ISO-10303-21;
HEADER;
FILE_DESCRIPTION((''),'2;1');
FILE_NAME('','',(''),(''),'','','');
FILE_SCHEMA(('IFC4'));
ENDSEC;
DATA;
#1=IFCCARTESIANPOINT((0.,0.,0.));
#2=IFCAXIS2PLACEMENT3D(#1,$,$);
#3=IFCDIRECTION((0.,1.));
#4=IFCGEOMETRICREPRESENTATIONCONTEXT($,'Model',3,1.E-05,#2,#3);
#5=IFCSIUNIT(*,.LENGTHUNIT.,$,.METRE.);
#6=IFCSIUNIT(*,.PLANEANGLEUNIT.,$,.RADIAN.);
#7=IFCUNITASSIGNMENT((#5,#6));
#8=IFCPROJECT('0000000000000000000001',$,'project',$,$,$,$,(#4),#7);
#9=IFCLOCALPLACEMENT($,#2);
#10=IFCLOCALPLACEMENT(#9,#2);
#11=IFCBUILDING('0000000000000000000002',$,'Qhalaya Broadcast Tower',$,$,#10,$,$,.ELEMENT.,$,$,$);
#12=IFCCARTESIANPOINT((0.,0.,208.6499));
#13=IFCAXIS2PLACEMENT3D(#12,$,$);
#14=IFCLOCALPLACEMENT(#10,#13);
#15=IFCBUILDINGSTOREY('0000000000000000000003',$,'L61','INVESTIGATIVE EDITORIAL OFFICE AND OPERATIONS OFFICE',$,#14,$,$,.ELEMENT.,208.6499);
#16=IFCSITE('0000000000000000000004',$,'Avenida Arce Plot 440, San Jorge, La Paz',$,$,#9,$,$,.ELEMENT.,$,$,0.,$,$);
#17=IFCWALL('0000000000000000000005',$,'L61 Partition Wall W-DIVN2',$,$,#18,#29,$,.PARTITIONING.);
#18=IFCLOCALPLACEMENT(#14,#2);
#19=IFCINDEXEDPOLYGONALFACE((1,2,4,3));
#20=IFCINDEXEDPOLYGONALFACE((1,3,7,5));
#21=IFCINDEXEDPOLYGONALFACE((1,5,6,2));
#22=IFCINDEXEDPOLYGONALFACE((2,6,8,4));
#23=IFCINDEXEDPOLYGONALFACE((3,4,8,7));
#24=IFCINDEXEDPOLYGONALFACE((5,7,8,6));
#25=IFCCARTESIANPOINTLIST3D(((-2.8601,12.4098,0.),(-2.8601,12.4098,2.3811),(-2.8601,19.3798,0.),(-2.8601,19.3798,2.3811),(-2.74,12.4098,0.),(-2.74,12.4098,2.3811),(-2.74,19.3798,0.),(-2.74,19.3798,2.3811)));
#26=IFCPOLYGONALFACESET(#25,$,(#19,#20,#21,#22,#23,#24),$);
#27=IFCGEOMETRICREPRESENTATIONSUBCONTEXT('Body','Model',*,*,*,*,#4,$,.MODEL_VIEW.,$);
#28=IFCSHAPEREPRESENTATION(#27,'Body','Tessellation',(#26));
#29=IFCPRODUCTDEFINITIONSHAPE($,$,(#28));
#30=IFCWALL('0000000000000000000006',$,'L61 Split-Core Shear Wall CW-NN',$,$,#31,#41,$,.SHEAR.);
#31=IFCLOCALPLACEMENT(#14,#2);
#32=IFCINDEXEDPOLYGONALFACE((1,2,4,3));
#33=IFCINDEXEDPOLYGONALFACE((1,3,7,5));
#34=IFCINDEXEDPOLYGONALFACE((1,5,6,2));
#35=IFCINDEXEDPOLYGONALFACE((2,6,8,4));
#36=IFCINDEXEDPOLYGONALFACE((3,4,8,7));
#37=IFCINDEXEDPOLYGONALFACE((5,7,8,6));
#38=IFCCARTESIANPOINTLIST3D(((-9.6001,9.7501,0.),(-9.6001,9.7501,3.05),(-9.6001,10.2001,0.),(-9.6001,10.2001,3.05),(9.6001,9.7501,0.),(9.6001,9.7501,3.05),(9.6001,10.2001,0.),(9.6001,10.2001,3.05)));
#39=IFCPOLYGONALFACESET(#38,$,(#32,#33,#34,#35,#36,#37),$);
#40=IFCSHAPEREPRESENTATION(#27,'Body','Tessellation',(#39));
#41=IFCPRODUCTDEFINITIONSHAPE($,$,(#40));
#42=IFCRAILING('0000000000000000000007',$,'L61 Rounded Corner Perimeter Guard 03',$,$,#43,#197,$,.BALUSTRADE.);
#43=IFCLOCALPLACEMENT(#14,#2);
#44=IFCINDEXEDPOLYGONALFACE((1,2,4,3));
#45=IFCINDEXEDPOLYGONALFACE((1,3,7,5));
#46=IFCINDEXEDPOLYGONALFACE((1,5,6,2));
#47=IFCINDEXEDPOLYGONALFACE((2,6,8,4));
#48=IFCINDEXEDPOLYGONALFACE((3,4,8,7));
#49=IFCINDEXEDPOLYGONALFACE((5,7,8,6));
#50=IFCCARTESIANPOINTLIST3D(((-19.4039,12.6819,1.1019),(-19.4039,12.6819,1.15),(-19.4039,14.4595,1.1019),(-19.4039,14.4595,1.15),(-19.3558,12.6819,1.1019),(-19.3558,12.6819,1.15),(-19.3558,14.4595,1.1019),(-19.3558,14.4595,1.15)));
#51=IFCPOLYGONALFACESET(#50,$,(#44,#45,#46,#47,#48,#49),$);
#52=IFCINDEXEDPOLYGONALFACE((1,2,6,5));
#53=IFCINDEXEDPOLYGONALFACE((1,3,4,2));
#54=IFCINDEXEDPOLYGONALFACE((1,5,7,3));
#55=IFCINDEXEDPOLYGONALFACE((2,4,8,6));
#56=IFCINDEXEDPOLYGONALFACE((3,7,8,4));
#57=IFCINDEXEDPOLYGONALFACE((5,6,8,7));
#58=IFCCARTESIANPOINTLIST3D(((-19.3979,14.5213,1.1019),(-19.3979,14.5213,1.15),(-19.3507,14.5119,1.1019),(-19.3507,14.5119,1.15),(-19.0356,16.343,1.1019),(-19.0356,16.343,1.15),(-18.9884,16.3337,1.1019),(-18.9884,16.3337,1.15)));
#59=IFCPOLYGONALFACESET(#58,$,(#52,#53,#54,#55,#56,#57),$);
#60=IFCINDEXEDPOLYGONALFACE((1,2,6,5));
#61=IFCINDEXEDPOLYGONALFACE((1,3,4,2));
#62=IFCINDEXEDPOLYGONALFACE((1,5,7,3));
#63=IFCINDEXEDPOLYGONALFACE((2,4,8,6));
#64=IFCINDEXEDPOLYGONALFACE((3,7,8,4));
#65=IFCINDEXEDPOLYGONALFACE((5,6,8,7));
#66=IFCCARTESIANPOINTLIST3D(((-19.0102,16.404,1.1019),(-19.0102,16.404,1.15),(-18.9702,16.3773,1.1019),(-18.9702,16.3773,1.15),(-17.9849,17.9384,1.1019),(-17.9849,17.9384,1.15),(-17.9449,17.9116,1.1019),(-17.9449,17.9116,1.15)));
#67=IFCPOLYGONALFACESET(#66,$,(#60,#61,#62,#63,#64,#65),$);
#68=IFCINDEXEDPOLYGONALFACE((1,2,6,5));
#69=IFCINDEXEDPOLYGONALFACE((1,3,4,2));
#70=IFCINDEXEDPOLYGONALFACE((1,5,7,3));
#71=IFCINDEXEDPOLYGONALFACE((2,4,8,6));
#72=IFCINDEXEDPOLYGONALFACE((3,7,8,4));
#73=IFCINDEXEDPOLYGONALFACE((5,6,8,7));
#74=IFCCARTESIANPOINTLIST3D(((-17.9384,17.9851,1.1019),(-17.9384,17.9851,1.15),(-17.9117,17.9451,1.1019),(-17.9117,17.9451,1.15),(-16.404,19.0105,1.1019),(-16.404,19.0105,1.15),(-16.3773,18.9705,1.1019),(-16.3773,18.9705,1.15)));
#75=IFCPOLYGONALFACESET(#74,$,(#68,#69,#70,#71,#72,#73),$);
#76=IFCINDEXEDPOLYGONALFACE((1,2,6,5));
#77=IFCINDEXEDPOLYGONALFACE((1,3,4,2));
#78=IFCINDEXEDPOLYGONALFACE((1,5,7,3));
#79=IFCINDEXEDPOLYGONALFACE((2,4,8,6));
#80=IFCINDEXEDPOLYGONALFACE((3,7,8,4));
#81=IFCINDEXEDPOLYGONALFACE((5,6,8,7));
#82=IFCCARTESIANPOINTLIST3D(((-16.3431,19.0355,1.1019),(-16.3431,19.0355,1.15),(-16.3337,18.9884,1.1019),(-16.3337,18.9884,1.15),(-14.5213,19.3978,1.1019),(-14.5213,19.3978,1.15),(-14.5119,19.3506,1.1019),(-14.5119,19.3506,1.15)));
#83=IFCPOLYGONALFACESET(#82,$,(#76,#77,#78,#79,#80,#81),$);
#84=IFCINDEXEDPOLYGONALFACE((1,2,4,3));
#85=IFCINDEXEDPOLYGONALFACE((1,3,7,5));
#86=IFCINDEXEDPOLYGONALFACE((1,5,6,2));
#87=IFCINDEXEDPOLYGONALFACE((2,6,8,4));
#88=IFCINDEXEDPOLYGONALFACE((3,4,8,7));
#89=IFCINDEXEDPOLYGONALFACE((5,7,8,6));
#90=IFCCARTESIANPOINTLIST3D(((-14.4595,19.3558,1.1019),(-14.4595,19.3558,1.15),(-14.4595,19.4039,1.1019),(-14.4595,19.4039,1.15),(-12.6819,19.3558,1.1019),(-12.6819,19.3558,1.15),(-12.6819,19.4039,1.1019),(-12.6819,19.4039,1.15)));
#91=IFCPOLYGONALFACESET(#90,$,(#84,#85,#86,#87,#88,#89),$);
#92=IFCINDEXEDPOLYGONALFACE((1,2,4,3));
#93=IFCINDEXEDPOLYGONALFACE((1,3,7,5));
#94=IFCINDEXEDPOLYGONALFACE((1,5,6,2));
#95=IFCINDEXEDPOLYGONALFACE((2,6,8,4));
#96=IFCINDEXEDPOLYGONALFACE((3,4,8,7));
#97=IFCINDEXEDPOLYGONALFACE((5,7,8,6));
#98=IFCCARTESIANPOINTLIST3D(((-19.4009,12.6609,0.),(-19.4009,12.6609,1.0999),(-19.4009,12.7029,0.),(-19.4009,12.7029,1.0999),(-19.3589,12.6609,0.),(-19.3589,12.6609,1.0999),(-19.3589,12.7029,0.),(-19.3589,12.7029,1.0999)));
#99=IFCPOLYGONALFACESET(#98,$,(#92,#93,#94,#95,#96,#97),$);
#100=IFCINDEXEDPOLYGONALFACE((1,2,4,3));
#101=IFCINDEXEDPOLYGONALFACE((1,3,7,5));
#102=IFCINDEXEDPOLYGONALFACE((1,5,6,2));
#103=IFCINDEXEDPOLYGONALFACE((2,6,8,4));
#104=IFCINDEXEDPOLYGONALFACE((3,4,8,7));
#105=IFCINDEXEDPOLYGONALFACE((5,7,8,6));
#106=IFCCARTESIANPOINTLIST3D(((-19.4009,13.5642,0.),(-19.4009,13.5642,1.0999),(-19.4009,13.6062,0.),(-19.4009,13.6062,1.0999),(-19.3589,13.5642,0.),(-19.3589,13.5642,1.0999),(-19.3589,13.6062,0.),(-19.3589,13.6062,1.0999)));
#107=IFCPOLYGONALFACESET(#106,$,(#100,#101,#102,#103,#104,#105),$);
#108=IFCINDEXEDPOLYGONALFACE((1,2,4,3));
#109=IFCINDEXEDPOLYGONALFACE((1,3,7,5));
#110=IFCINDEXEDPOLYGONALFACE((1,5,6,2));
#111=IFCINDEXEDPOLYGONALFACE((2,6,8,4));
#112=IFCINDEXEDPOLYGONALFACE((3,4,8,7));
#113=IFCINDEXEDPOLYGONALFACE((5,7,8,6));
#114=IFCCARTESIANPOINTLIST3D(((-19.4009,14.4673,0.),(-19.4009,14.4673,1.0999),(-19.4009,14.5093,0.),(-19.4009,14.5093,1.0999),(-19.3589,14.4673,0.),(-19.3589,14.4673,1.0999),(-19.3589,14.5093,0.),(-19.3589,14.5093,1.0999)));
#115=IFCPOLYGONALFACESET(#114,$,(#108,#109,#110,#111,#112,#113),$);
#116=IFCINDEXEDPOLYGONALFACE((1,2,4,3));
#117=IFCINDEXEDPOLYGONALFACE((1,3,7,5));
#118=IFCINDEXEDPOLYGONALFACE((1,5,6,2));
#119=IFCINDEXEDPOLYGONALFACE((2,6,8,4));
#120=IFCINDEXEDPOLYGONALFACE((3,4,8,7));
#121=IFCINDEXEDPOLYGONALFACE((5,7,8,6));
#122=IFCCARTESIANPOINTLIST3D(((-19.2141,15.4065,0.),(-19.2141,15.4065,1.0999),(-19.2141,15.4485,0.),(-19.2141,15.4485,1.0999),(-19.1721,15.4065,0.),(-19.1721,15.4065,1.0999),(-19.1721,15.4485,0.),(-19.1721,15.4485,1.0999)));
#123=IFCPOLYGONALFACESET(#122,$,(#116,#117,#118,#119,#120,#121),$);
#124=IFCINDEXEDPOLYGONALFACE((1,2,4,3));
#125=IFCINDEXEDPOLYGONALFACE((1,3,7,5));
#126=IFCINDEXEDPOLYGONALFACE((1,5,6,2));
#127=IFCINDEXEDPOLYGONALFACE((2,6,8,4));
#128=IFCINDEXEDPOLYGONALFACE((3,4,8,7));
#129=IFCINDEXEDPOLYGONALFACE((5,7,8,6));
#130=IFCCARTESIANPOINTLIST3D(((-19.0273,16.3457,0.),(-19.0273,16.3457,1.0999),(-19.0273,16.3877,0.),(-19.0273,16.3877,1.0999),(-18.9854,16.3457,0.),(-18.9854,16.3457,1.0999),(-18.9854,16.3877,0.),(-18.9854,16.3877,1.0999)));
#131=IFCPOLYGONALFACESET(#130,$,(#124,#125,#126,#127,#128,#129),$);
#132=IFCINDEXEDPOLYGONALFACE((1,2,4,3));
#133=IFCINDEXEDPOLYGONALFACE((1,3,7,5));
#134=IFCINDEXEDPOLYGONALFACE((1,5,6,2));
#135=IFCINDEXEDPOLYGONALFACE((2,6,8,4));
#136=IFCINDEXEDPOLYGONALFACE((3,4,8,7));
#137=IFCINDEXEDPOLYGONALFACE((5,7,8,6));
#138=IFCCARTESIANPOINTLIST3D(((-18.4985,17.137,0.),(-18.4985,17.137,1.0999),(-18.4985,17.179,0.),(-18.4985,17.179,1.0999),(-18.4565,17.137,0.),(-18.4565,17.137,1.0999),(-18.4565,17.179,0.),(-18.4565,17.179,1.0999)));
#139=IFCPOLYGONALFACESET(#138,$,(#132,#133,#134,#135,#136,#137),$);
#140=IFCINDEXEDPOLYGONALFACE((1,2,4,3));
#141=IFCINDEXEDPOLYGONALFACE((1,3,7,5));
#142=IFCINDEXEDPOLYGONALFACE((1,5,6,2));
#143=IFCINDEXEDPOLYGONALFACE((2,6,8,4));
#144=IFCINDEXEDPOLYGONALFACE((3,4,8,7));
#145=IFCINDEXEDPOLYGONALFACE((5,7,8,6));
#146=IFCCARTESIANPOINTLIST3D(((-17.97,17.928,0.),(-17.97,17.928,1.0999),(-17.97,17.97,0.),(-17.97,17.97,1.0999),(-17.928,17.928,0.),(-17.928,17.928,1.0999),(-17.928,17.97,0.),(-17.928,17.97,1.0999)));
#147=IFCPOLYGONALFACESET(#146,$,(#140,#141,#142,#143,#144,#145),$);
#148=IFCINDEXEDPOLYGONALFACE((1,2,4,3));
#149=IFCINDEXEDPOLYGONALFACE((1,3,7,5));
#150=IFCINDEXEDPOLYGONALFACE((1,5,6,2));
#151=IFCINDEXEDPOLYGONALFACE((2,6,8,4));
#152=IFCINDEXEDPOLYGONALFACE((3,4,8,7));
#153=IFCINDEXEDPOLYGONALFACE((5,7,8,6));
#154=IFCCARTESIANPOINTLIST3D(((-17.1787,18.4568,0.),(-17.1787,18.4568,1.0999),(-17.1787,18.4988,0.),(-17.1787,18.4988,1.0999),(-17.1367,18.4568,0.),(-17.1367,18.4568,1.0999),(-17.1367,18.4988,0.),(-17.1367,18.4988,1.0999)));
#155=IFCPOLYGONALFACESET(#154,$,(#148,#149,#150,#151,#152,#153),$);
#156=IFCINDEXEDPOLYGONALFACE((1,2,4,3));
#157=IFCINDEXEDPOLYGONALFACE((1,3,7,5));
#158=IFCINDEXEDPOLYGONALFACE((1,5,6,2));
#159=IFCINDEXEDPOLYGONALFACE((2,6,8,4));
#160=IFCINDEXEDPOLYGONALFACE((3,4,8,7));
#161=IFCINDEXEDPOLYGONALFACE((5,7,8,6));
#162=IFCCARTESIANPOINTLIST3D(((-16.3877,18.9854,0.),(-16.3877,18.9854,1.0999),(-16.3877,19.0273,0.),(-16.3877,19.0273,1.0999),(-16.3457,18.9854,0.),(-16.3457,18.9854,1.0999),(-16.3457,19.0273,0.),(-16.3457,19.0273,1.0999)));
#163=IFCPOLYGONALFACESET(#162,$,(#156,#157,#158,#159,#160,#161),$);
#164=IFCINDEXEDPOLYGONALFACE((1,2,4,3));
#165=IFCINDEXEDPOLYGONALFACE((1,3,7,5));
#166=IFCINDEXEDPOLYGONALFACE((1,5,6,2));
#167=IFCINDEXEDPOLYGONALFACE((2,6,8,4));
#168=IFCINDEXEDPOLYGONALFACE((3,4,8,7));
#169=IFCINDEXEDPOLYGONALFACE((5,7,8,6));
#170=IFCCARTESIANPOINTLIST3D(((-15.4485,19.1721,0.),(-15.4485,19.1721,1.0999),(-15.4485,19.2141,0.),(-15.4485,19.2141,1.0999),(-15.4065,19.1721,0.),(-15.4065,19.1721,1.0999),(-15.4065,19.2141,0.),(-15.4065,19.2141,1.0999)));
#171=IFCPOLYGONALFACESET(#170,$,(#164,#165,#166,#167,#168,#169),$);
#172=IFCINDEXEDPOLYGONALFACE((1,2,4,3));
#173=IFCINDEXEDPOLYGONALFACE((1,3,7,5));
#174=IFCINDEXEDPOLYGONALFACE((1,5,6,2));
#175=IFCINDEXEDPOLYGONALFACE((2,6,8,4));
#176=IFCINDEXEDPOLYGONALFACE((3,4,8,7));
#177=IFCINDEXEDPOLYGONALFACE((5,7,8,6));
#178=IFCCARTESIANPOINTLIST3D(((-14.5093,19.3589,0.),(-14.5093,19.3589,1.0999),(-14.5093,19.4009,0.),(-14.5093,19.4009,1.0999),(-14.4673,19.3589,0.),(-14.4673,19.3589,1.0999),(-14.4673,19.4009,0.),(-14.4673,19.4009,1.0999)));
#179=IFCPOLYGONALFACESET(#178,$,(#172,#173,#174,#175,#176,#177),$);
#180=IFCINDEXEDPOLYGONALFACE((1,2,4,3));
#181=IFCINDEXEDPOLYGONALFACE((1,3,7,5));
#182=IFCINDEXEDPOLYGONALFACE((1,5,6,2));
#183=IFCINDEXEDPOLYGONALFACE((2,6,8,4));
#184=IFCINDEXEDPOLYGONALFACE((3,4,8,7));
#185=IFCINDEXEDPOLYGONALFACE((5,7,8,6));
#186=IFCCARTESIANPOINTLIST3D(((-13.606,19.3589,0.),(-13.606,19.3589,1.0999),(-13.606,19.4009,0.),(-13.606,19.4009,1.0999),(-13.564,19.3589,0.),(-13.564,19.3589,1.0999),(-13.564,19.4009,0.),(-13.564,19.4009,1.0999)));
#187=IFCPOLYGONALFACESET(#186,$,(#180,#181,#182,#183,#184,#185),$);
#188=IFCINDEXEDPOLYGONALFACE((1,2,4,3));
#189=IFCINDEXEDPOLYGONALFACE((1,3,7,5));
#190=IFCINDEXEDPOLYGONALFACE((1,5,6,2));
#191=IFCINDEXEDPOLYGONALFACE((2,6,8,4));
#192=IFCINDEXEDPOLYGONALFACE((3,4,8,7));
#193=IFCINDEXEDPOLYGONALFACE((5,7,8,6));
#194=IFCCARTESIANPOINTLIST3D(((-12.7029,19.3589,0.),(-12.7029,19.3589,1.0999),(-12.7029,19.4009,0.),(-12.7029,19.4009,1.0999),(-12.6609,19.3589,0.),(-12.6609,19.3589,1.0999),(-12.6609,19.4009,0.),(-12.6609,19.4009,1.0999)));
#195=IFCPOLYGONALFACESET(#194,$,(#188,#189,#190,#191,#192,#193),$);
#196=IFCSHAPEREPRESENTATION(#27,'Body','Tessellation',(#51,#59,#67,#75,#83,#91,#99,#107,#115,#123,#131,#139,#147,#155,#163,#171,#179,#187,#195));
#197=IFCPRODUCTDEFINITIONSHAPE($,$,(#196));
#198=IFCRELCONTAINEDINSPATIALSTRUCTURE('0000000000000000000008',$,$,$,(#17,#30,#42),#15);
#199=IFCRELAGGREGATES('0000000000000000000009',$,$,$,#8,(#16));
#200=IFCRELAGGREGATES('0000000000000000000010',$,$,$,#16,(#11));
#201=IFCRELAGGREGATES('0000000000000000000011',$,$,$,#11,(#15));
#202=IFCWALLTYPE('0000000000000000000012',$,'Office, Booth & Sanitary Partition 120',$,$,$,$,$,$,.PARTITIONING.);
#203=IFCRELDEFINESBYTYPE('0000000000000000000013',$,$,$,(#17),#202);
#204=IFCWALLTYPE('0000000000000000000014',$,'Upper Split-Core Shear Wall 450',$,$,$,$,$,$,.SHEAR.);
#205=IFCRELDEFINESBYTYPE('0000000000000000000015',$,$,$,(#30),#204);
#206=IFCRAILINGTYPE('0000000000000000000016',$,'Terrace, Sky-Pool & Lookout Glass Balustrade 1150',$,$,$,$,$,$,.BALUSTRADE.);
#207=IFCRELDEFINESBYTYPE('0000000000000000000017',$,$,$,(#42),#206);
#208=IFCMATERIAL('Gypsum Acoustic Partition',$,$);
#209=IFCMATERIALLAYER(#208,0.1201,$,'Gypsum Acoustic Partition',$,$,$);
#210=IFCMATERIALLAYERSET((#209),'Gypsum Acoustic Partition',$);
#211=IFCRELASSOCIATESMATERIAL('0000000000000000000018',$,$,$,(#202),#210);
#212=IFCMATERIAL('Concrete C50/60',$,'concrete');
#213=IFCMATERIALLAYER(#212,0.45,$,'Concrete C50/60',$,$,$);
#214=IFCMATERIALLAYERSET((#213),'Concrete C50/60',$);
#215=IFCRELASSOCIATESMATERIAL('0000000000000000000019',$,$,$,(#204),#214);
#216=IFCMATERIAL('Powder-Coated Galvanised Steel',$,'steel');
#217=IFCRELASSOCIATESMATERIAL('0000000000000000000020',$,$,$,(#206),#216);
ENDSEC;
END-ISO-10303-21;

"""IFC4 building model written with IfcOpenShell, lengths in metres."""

from ifc_helpers import new_model, si_unit, direction, frame, frame_2d, origin, origin_2d, place, context, subcontext, project, spatial, rectangle, extrude, material, layer, layer_set, type_object, element, save


model = new_model("IFC4")

# Units and contexts
model_context = context("Model", 3, precision=1e-05, world=origin(), true_north=direction((0.0, 1.0)))
body_context = subcontext(model_context, "Body", "Model", "MODEL_VIEW")
ifc_project = project(units=[si_unit("LENGTHUNIT", "METRE"), si_unit("PLANEANGLEUNIT", "RADIAN")], contexts=[model_context])

# Site, building, storey
site_placement = place(None, origin())
site = spatial("IfcSite", under=ifc_project, at=site_placement, Name="Avenida Arce Plot 440, San Jorge, La Paz", CompositionType="ELEMENT", RefElevation=0.0)
building_placement = place(site_placement, origin())
building = spatial("IfcBuilding", under=site, at=building_placement, Name="Qhalaya Broadcast Tower", CompositionType="ELEMENT")
storey_placement = place(building_placement, frame((0.0, 0.0, 208.6499)))
storey = spatial("IfcBuildingStorey", under=building, at=storey_placement, Name="L61", Description="INVESTIGATIVE EDITORIAL OFFICE AND OPERATIONS OFFICE", CompositionType="ELEMENT", Elevation=208.6499)

# Shared definitions
ifc_material_1 = material(Name="Concrete C50/60", Category="concrete")

# Shared definitions
ifc_material_2 = material(Name="Gypsum Acoustic Partition")

# Walls
ifc_layer_1 = layer(ifc_material_2, 0.1201, Name="Gypsum Acoustic Partition")
ifc_layer_set_1 = layer_set([ifc_layer_1], Name="Gypsum Acoustic Partition")
wall_type_1 = type_object("IfcWallType", Name="Office, Booth & Sanitary Partition 120", PredefinedType="PARTITIONING", material=ifc_layer_set_1)
wall_1_placement = place(storey_placement, frame((-2.8, 12.4099, 0.0), z_axis=(0.0, 0.0, 1.0), x_axis=(0.0, 1.0, 0.0)))
element("IfcWall", 1, at=wall_1_placement, inside=storey, type_object=wall_type_1, Name="L61 Partition Wall W-DIVN2", PredefinedType="PARTITIONING", context=body_context, shape_type="SweptSolid", body=[
    extrude(rectangle(XDim=6.97, YDim=0.1201, at=frame_2d((3.4849, 0.0))), origin(), (0.0, 0.0, 1.0), 2.3811),
])
ifc_layer_2 = layer(ifc_material_1, 0.45, Name="Concrete C50/60")
ifc_layer_set_2 = layer_set([ifc_layer_2], Name="Concrete C50/60")
wall_type_2 = type_object("IfcWallType", Name="Upper Split-Core Shear Wall 450", PredefinedType="SHEAR", material=ifc_layer_set_2)
wall_2_placement = place(storey_placement, frame((-9.6001, 9.9751, 0.0), z_axis=(0.0, 0.0, 1.0), x_axis=(1.0, 0.0, 0.0)))
element("IfcWall", 2, at=wall_2_placement, inside=storey, type_object=wall_type_2, Name="L61 Split-Core Shear Wall CW-NN", PredefinedType="SHEAR", context=body_context, shape_type="SweptSolid", body=[
    extrude(rectangle(XDim=19.2002, YDim=0.45, at=frame_2d((9.6001, 0.0))), origin(), (0.0, 0.0, 1.0), 3.05),
])

# Railing
ifc_material_3 = material(Name="Powder-Coated Galvanised Steel", Category="steel")
railing_type = type_object("IfcRailingType", Name="Terrace, Sky-Pool & Lookout Glass Balustrade 1150", PredefinedType="BALUSTRADE", material=ifc_material_3)
railing_placement = place(storey_placement, frame((-19.3799, 12.6819, 0.0)))
element("IfcRailing", 3, at=railing_placement, inside=storey, type_object=railing_type, Name="L61 Rounded Corner Perimeter Guard 03", PredefinedType="BALUSTRADE", context=body_context, shape_type="SweptSolid", body=[
    extrude(rectangle(XDim=0.0481, YDim=0.0481, at=origin_2d()), frame((0.0, 0.0, 1.126), z_axis=(0.0, 1.0, 0.0), x_axis=(-1.0, 0.0, 0.0)), (0.0, 0.0, 1.0), 1.7776),
    extrude(rectangle(XDim=0.0481, YDim=0.0481, at=origin_2d()), frame((0.0056, 1.8347, 1.126), z_axis=(0.195037, 0.980796, 0.0), x_axis=(-0.980796, 0.195037, 0.0)), (0.0, 0.0, 1.0), 1.8574),
    extrude(rectangle(XDim=0.0481, YDim=0.0481, at=origin_2d()), frame((0.3896, 3.7087, 1.126), z_axis=(0.555618, 0.831438, 0.0), x_axis=(-0.831438, 0.555618, 0.0)), (0.0, 0.0, 1.0), 1.8455),
    extrude(rectangle(XDim=0.0481, YDim=0.0481, at=origin_2d()), frame((1.4548, 5.2832, 1.126), z_axis=(0.831438, 0.555618, 0.0), x_axis=(-0.555618, 0.831438, 0.0)), (0.0, 0.0, 1.0), 1.8455),
    extrude(rectangle(XDim=0.0481, YDim=0.0481, at=origin_2d()), frame((3.0415, 6.3301, 1.126), z_axis=(0.980796, 0.195037, 0.0), x_axis=(-0.195037, 0.980796, 0.0)), (0.0, 0.0, 1.0), 1.8574),
    extrude(rectangle(XDim=0.0481, YDim=0.0481, at=origin_2d()), frame((4.9204, 6.698, 1.126), z_axis=(1.0, 0.0, 0.0), x_axis=(0.0, 1.0, 0.0)), (0.0, 0.0, 1.0), 1.7776),
    extrude(rectangle(XDim=0.042, YDim=0.042, at=origin_2d()), origin(), (0.0, 0.0, 1.0), 1.0999),
    extrude(rectangle(XDim=0.042, YDim=0.042, at=origin_2d()), frame((0.0, 0.9033, 0.0)), (0.0, 0.0, 1.0), 1.0999),
    extrude(rectangle(XDim=0.042, YDim=0.042, at=origin_2d()), frame((0.0, 1.8064, 0.0)), (0.0, 0.0, 1.0), 1.0999),
    extrude(rectangle(XDim=0.042, YDim=0.042, at=origin_2d()), frame((0.1868, 2.7456, 0.0)), (0.0, 0.0, 1.0), 1.0999),
    extrude(rectangle(XDim=0.042, YDim=0.042, at=origin_2d()), frame((0.3735, 3.6848, 0.0)), (0.0, 0.0, 1.0), 1.0999),
    extrude(rectangle(XDim=0.042, YDim=0.042, at=origin_2d()), frame((0.9023, 4.4761, 0.0)), (0.0, 0.0, 1.0), 1.0999),
    extrude(rectangle(XDim=0.042, YDim=0.042, at=origin_2d()), frame((1.4309, 5.2671, 0.0)), (0.0, 0.0, 1.0), 1.0999),
    extrude(rectangle(XDim=0.042, YDim=0.042, at=origin_2d()), frame((2.2222, 5.7959, 0.0)), (0.0, 0.0, 1.0), 1.0999),
    extrude(rectangle(XDim=0.042, YDim=0.042, at=origin_2d()), frame((3.0132, 6.3245, 0.0)), (0.0, 0.0, 1.0), 1.0999),
    extrude(rectangle(XDim=0.042, YDim=0.042, at=origin_2d()), frame((3.9524, 6.5112, 0.0)), (0.0, 0.0, 1.0), 1.0999),
    extrude(rectangle(XDim=0.042, YDim=0.042, at=origin_2d()), frame((4.8916, 6.698, 0.0)), (0.0, 0.0, 1.0), 1.0999),
    extrude(rectangle(XDim=0.042, YDim=0.042, at=origin_2d()), frame((5.7949, 6.698, 0.0)), (0.0, 0.0, 1.0), 1.0999),
    extrude(rectangle(XDim=0.042, YDim=0.042, at=origin_2d()), frame((6.698, 6.698, 0.0)), (0.0, 0.0, 1.0), 1.0999),
])

save(model, "model.ifc")
